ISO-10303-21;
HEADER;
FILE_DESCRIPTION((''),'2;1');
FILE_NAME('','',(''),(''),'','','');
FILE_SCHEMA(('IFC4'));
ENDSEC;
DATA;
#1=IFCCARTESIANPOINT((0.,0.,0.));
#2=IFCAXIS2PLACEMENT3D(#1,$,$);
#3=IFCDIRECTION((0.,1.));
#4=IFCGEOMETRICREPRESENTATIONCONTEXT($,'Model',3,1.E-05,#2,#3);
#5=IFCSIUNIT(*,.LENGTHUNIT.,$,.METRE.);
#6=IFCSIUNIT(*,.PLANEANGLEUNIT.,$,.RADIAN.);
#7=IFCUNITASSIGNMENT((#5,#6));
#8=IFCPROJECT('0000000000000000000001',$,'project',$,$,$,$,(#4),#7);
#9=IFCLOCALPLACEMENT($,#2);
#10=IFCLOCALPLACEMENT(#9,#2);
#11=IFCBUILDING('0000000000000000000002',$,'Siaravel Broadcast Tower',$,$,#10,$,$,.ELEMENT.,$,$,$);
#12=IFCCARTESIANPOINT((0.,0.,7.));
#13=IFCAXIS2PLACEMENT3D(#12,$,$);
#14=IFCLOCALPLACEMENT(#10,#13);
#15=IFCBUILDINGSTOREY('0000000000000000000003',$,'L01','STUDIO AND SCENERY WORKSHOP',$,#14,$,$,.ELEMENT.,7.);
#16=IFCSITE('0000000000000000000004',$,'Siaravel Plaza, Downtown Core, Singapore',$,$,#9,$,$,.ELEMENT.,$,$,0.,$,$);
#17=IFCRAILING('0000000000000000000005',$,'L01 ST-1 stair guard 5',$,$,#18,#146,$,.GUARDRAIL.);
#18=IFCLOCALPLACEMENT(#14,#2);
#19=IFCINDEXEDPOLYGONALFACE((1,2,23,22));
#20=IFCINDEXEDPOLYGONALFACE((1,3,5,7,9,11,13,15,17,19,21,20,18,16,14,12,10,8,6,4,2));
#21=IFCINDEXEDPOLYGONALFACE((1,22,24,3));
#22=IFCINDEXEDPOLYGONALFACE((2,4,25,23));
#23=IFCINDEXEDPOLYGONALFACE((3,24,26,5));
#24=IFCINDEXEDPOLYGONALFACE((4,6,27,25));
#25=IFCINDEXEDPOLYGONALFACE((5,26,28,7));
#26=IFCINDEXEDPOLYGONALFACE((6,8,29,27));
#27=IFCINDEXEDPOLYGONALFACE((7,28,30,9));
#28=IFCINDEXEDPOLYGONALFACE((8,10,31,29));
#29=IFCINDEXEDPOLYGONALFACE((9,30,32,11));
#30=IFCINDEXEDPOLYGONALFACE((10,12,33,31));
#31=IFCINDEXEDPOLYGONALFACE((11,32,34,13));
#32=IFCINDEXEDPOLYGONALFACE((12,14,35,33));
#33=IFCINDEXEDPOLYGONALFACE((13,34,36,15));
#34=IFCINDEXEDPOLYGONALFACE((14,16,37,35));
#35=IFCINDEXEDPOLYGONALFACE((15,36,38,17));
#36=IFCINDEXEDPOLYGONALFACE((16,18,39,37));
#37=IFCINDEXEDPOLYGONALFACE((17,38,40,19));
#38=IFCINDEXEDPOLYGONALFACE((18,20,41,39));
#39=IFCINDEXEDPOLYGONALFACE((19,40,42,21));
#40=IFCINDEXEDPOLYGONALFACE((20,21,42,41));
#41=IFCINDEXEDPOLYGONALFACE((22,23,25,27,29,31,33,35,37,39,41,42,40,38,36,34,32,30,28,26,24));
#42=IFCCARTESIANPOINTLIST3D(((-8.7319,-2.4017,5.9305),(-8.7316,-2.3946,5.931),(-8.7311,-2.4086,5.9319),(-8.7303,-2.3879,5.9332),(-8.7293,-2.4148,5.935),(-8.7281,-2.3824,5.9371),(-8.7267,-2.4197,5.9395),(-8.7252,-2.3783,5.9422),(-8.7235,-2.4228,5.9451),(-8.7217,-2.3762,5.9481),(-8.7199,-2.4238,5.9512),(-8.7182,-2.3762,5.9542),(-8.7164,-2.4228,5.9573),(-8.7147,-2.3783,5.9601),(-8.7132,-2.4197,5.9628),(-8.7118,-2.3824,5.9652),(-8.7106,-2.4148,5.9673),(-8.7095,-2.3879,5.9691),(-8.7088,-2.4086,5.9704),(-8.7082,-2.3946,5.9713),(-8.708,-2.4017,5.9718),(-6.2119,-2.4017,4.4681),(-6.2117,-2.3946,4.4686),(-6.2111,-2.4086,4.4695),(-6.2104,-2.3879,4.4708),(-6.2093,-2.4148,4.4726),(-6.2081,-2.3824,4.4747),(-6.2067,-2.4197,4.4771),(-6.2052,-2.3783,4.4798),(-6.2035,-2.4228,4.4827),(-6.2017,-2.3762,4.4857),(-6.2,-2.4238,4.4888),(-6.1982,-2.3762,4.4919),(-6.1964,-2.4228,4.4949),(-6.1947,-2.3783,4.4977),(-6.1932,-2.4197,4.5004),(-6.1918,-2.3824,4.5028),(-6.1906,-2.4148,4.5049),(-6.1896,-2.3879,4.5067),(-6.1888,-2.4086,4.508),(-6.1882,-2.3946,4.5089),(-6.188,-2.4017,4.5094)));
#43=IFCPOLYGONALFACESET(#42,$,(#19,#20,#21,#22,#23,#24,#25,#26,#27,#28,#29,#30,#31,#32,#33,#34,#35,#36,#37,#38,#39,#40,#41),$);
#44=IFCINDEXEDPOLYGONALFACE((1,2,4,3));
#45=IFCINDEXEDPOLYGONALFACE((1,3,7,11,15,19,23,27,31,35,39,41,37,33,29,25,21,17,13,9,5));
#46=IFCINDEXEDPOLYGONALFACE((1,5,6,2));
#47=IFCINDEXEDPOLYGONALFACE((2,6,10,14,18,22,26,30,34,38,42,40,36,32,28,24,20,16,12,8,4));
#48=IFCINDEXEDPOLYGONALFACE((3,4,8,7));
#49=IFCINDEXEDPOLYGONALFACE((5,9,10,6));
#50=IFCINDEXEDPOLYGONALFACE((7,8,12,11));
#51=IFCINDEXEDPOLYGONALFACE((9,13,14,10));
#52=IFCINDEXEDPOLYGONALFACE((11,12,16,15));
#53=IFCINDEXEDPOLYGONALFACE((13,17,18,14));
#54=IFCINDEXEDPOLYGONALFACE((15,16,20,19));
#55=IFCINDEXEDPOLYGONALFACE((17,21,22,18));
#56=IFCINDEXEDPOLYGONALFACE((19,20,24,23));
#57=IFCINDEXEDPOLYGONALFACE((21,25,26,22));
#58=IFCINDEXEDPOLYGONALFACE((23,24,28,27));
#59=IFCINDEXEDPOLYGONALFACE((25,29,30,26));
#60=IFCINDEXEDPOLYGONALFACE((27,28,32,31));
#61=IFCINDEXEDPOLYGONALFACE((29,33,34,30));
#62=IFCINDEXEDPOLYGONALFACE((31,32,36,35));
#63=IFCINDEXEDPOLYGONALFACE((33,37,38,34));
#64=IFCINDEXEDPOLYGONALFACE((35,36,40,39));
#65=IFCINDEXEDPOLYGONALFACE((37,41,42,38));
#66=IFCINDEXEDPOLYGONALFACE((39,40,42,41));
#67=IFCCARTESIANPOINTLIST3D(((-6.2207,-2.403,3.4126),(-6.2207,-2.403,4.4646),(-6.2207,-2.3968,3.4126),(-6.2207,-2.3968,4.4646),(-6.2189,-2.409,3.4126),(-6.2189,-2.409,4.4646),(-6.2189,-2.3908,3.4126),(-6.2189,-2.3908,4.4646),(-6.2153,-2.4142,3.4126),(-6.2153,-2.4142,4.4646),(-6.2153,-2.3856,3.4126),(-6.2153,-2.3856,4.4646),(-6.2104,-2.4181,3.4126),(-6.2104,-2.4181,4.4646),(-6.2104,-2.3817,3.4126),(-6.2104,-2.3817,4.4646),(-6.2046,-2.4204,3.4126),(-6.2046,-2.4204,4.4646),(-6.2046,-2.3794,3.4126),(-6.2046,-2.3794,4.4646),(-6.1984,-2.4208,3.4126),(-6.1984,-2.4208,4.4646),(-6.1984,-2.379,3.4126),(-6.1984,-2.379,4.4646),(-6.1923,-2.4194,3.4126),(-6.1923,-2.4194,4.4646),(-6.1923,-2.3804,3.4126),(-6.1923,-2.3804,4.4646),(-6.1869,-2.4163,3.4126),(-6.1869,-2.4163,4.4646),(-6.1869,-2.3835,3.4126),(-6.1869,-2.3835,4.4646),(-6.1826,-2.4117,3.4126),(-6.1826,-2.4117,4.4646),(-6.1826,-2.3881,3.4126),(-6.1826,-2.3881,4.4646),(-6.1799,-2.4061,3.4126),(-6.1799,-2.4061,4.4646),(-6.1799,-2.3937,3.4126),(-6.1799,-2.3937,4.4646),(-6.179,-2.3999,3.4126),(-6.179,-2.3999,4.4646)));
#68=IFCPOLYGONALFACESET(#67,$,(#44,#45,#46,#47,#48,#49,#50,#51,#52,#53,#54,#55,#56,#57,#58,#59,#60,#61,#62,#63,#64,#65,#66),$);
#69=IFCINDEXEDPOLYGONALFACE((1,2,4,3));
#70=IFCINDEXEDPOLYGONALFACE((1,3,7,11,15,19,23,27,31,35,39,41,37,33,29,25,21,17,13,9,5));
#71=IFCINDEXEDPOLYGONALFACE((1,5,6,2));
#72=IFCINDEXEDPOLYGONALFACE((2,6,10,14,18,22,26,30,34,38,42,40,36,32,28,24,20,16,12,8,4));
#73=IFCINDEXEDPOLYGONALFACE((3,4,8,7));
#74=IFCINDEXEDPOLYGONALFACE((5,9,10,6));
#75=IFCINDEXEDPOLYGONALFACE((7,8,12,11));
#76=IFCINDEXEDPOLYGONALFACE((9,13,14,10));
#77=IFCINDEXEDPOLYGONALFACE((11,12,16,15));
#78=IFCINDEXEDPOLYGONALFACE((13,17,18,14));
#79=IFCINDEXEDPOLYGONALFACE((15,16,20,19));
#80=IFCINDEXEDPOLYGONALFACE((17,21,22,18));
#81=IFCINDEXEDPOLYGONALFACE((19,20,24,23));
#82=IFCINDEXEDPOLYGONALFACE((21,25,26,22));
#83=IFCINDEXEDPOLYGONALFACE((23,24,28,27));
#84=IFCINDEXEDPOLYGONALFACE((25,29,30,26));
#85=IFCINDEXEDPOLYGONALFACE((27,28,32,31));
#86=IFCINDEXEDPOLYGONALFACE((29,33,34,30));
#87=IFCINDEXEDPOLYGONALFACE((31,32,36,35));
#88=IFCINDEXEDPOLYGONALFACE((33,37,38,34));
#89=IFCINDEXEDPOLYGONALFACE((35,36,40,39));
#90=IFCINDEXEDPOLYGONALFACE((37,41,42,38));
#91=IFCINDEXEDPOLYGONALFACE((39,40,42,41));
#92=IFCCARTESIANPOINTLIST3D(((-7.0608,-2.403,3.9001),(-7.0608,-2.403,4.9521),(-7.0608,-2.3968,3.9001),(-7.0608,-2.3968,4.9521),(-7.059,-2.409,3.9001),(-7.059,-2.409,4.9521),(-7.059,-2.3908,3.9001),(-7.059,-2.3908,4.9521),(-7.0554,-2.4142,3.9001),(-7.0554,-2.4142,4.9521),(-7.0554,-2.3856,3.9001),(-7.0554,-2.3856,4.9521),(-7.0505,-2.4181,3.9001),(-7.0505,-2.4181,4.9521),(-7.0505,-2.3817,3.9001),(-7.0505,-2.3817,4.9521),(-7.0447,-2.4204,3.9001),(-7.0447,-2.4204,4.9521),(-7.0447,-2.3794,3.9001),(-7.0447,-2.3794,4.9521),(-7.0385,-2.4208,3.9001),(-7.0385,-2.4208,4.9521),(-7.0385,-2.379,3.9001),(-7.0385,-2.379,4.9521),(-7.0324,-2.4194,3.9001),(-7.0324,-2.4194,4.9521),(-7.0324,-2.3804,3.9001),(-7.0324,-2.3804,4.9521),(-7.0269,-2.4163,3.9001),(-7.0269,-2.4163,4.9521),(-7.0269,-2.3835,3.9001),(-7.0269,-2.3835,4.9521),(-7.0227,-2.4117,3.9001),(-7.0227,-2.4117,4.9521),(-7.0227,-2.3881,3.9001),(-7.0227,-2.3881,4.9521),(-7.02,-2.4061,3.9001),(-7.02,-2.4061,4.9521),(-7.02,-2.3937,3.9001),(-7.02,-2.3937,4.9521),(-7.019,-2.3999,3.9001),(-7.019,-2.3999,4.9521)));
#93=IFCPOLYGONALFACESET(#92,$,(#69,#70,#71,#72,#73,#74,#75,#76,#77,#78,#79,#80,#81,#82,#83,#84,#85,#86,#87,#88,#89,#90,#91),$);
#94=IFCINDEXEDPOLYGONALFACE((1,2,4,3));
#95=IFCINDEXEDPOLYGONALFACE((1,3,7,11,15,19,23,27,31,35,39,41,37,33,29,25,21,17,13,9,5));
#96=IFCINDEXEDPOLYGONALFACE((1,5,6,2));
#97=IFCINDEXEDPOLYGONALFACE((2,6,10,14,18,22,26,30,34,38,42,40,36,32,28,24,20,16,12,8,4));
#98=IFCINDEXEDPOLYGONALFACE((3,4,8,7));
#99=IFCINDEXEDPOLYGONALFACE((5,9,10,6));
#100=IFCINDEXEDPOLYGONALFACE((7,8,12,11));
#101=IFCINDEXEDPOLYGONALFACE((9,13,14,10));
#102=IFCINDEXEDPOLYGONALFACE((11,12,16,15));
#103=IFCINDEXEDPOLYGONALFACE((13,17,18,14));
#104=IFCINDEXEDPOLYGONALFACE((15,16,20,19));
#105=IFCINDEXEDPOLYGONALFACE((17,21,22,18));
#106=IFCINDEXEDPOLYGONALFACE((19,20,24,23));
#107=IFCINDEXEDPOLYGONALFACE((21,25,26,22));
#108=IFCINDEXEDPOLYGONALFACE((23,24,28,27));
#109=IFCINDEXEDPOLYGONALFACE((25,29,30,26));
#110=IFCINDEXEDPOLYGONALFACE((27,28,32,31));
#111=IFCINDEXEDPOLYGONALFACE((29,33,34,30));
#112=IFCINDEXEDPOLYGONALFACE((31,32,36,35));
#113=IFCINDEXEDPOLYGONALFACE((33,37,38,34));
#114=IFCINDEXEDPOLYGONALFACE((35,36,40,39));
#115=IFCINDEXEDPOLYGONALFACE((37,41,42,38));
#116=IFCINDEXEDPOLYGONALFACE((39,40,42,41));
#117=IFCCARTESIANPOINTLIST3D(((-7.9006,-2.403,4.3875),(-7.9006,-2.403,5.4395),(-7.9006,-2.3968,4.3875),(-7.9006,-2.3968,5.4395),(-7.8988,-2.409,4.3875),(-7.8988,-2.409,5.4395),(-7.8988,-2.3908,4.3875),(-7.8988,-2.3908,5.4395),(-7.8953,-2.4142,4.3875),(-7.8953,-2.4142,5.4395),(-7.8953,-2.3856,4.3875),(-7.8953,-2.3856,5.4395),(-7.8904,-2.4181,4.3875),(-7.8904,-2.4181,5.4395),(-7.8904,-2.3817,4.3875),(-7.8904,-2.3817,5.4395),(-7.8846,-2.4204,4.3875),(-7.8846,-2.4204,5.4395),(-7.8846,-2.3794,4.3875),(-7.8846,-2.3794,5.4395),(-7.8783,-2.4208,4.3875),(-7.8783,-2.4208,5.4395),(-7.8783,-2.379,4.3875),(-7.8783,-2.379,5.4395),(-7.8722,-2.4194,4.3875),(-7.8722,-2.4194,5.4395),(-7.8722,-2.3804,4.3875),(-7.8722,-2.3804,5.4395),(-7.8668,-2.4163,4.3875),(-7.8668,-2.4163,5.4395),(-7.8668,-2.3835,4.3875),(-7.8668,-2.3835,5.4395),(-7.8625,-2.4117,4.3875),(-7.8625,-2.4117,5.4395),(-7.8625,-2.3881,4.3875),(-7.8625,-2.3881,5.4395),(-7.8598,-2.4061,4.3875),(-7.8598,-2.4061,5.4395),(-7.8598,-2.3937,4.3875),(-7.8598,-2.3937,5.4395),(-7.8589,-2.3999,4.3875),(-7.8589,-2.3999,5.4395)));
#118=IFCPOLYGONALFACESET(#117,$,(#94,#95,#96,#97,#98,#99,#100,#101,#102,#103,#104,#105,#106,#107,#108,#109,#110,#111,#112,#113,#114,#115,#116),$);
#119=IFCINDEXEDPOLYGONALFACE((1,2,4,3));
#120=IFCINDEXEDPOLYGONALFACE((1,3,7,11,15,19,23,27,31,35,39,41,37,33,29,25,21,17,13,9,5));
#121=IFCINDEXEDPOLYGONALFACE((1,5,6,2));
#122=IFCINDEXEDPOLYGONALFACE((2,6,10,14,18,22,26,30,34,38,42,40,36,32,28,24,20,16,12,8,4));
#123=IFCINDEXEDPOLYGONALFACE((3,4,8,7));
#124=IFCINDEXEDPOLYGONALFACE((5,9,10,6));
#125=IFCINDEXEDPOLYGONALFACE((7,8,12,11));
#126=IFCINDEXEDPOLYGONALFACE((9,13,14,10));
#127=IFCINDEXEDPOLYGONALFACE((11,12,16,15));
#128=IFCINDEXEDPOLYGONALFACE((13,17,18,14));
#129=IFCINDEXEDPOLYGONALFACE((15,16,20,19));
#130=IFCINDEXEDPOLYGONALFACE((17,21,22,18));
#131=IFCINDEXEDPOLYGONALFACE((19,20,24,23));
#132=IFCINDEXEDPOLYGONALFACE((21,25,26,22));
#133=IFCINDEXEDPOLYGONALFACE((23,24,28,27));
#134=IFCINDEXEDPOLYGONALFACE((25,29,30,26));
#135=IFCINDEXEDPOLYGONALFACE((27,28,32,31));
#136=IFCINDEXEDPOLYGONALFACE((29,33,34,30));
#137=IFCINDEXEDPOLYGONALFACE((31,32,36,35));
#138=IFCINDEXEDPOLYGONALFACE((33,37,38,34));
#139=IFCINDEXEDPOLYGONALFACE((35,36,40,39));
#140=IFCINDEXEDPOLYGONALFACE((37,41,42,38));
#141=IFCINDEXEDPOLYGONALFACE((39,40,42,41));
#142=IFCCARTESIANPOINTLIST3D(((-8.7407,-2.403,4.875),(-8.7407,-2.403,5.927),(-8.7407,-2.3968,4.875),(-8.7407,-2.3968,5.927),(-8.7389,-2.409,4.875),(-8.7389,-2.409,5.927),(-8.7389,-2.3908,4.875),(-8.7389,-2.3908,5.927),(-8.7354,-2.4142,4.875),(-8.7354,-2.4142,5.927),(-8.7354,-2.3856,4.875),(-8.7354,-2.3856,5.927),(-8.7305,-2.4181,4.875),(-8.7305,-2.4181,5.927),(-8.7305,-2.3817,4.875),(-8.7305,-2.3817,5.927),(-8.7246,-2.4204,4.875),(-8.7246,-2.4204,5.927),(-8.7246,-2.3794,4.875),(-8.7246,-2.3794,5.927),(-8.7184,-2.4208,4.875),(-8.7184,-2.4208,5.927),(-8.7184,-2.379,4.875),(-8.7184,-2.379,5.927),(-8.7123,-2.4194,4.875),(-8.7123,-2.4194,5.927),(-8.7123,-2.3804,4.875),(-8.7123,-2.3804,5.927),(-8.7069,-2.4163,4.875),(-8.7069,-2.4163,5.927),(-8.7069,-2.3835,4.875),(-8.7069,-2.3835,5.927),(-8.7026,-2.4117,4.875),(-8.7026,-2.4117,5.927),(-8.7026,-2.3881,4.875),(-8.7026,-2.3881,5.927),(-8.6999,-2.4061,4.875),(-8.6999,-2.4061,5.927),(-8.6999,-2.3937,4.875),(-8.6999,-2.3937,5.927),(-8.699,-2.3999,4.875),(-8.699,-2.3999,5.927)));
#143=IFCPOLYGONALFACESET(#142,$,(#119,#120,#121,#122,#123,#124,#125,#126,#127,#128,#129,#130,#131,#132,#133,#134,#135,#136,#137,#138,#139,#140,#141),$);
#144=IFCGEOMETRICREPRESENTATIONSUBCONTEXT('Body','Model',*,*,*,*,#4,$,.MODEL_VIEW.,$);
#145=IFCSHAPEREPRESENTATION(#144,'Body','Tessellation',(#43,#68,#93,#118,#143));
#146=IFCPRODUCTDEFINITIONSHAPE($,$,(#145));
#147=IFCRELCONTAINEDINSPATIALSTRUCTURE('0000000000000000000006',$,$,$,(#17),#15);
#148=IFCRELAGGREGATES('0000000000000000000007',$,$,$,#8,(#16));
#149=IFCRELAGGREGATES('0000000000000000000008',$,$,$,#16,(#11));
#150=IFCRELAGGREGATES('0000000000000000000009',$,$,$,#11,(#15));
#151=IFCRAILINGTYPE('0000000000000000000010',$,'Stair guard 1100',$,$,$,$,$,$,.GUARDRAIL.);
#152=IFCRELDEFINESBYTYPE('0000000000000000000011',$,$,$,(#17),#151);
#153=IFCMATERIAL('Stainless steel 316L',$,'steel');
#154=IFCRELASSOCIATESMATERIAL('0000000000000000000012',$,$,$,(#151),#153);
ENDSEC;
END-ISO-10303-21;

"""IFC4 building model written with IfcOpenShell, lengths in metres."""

from ifc_helpers import new_model, si_unit, direction, frame, origin, origin_2d, place, context, subcontext, project, spatial, circle, extrude, material, type_object, element, save


model = new_model("IFC4")

# Units and contexts
model_context = context("Model", 3, precision=1e-05, world=origin(), true_north=direction((0.0, 1.0)))
body_context = subcontext(model_context, "Body", "Model", "MODEL_VIEW")
ifc_project = project(units=[si_unit("LENGTHUNIT", "METRE"), si_unit("PLANEANGLEUNIT", "RADIAN")], contexts=[model_context])

# Site, building, storey
site_placement = place(None, origin())
site = spatial("IfcSite", under=ifc_project, at=site_placement, Name="Siaravel Plaza, Downtown Core, Singapore", CompositionType="ELEMENT", RefElevation=0.0)
building_placement = place(site_placement, origin())
building = spatial("IfcBuilding", under=site, at=building_placement, Name="Siaravel Broadcast Tower", CompositionType="ELEMENT")
storey_placement = place(building_placement, frame((0.0, 0.0, 7.0)))
storey = spatial("IfcBuildingStorey", under=building, at=storey_placement, Name="L01", Description="STUDIO AND SCENERY WORKSHOP", CompositionType="ELEMENT", Elevation=7.0)

# Railing
ifc_material_1 = material(Name="Stainless steel 316L", Category="steel")
railing_type_1 = type_object("IfcRailingType", Name="Stair guard 1100", PredefinedType="GUARDRAIL", material=ifc_material_1)
railing_1_placement = place(storey_placement, frame((-6.2, -2.3999, 3.4126)))
element("IfcRailing", 1, at=railing_1_placement, inside=storey, type_object=railing_type_1, Name="L01 ST-1 stair guard 5", PredefinedType="GUARDRAIL", context=body_context, shape_type="SweptSolid", body=[
    extrude(circle(Radius=0.0239, at=origin_2d()), frame((0.0, 0.0, 1.0762), z_axis=(-0.864913, 0.0, 0.501921), x_axis=(0.0, -1.0, 0.0)), (0.0, 0.0, 1.0), 2.9136),
    extrude(circle(Radius=0.021, at=origin_2d()), origin(), (0.0, 0.0, 1.0), 1.052),
    extrude(circle(Radius=0.021, at=origin_2d()), frame((-0.8401, 0.0, 0.4875)), (0.0, 0.0, 1.0), 1.052),
    extrude(circle(Radius=0.021, at=origin_2d()), frame((-1.6799, 0.0, 0.9749)), (0.0, 0.0, 1.0), 1.052),
    extrude(circle(Radius=0.021, at=origin_2d()), frame((-2.52, 0.0, 1.4624)), (0.0, 0.0, 1.0), 1.052),
])

save(model, "model.ifc")
